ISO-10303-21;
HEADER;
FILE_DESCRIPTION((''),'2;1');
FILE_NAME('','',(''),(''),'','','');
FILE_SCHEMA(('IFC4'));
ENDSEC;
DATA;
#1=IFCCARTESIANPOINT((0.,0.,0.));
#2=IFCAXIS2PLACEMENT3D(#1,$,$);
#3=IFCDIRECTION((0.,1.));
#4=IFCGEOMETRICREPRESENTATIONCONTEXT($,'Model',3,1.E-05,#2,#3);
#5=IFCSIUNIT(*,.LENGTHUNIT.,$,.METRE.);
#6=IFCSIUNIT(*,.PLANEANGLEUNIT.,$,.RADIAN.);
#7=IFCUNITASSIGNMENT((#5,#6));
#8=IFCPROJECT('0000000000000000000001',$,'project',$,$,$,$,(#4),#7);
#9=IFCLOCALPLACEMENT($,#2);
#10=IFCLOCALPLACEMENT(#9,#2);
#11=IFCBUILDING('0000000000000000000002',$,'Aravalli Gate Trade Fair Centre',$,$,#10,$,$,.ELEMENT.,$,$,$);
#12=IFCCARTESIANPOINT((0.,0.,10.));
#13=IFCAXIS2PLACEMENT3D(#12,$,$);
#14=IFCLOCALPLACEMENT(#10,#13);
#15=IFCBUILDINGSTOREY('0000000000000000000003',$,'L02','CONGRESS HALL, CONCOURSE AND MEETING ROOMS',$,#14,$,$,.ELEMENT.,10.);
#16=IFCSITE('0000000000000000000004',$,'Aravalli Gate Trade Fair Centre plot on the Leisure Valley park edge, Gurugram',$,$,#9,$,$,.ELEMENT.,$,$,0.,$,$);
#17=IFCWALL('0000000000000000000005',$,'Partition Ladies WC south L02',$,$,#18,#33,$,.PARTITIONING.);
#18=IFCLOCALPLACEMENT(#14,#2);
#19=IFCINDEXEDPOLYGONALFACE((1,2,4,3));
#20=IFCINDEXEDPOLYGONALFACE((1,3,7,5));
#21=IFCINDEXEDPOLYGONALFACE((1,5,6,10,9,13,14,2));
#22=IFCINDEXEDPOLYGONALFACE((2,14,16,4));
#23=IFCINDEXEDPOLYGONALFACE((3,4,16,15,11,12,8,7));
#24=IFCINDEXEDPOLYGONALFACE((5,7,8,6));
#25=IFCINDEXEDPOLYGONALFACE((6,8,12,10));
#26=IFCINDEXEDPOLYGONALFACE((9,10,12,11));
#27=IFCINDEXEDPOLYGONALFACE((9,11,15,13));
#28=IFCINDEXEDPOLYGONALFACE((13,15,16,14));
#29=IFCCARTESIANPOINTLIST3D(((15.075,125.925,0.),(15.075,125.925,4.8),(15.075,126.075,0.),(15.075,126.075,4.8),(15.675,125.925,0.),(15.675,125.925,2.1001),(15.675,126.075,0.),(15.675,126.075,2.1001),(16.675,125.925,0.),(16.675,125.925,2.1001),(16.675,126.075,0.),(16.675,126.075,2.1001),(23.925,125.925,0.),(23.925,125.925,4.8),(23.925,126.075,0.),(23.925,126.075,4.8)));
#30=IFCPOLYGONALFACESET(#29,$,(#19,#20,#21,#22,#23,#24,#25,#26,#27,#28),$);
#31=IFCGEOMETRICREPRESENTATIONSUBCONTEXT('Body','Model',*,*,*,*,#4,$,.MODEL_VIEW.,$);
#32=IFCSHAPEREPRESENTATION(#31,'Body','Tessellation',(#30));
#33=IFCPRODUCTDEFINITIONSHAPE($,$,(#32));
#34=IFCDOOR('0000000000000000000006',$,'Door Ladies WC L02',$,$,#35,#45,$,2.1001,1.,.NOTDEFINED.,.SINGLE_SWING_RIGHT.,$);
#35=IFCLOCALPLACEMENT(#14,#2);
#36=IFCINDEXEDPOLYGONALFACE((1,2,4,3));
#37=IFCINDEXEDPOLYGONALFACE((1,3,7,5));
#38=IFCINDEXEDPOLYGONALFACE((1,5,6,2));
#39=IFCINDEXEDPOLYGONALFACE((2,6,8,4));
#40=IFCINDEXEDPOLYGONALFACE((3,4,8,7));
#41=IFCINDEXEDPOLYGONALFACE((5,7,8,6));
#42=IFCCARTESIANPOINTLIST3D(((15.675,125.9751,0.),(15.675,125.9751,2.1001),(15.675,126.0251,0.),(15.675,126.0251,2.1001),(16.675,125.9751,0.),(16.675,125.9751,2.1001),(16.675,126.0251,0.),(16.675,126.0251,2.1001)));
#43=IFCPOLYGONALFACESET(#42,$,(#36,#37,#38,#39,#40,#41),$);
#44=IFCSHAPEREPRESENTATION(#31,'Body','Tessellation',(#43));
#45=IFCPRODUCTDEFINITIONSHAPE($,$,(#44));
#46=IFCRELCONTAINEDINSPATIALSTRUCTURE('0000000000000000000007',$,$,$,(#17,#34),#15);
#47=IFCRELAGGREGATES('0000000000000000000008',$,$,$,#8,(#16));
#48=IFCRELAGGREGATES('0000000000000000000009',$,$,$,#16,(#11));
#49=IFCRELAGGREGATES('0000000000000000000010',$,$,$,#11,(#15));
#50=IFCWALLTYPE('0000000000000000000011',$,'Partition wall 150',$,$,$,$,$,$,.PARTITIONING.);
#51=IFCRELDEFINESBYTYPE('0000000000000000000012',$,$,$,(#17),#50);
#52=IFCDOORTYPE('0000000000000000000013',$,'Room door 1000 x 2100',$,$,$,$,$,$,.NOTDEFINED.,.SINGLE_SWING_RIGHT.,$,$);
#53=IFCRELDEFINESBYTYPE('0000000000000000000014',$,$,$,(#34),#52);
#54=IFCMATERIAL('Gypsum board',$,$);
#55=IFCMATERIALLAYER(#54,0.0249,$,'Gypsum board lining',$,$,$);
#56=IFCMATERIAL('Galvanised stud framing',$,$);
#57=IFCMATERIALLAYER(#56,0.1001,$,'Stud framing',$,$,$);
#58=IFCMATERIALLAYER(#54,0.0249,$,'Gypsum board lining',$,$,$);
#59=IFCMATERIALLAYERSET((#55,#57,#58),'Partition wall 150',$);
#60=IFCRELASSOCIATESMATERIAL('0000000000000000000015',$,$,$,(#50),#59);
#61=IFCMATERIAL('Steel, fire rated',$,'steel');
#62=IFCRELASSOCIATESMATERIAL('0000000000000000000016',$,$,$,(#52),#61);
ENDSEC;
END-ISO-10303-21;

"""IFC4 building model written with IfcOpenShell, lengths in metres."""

from ifc_helpers import new_model, si_unit, direction, frame, frame_2d, origin, place, context, subcontext, project, spatial, rectangle, extrude, material, layer, layer_set, type_object, element, fill, save


model = new_model("IFC4")

# Units and contexts
model_context = context("Model", 3, precision=1e-05, world=origin(), true_north=direction((0.0, 1.0)))
body_context = subcontext(model_context, "Body", "Model", "MODEL_VIEW")
ifc_project = project(units=[si_unit("LENGTHUNIT", "METRE"), si_unit("PLANEANGLEUNIT", "RADIAN")], contexts=[model_context])

# Site, building, storey
site_placement = place(None, origin())
site = spatial("IfcSite", under=ifc_project, at=site_placement, Name="Aravalli Gate Trade Fair Centre plot on the Leisure Valley park edge, Gurugram", CompositionType="ELEMENT", RefElevation=0.0)
building_placement = place(site_placement, origin())
building = spatial("IfcBuilding", under=site, at=building_placement, Name="Aravalli Gate Trade Fair Centre", CompositionType="ELEMENT")
storey_placement = place(building_placement, frame((0.0, 0.0, 10.0)))
storey = spatial("IfcBuildingStorey", under=building, at=storey_placement, Name="L02", Description="CONGRESS HALL, CONCOURSE AND MEETING ROOMS", CompositionType="ELEMENT", Elevation=10.0)

# Shared definitions
ifc_material_1 = material(Name="Gypsum board")
ifc_layer_1 = layer(ifc_material_1, 0.0249, Name="Gypsum board lining")
ifc_material_2 = material(Name="Galvanised stud framing")
ifc_layer_2 = layer(ifc_material_2, 0.1001, Name="Stud framing")
ifc_layer_3 = layer(ifc_material_1, 0.0249, Name="Gypsum board lining")
ifc_layer_set_1 = layer_set([ifc_layer_1, ifc_layer_2, ifc_layer_3], Name="Partition wall 150")
wall_type = type_object("IfcWallType", Name="Partition wall 150", PredefinedType="PARTITIONING", material=ifc_layer_set_1)

# Wall, opening, door
wall_1_placement = place(storey_placement, frame((15.075, 126.0, 0.0), z_axis=(0.0, 0.0, 1.0), x_axis=(1.0, 0.0, 0.0)))
wall_1 = element("IfcWall", 1, at=wall_1_placement, inside=storey, type_object=wall_type, Name="Partition Ladies WC south L02", PredefinedType="PARTITIONING", context=body_context, shape_type="SweptSolid", body=[
    extrude(rectangle(XDim=8.8501, YDim=0.1499, at=frame_2d((4.425, 0.0))), origin(), (0.0, 0.0, 1.0), 4.8),
])
opening_placement = place(wall_1_placement, frame((0.6001, 0.0, 0.0)))
opening = element("IfcOpeningElement", 2, at=opening_placement, cuts=wall_1, PredefinedType="OPENING", context=body_context, shape_type="SweptSolid", body=[
    extrude(rectangle(XDim=1.0, YDim=2.1001, at=frame_2d((0.5, 1.05))), frame((0.0, 0.085, 0.0), z_axis=(0.0, -1.0, 0.0), x_axis=(1.0, 0.0, 0.0)), (0.0, 0.0, 1.0), 0.1699),
])
ifc_material_3 = material(Name="Steel, fire rated", Category="steel")
door_type = type_object("IfcDoorType", Name="Room door 1000 x 2100", OperationType="SINGLE_SWING_RIGHT", PredefinedType="NOTDEFINED", material=ifc_material_3)
door_placement = place(opening_placement, frame((1.0, 0.0, 0.0), z_axis=(0.0, 0.0, 1.0), x_axis=(-1.0, 0.0, 0.0)))
door = element("IfcDoor", 3, at=door_placement, inside=storey, type_object=door_type, Name="Door Ladies WC L02", OperationType="SINGLE_SWING_RIGHT", OverallHeight=2.1001, OverallWidth=1.0, PredefinedType="NOTDEFINED", context=body_context, shape_type="SweptSolid", body=[
    extrude(rectangle(XDim=1.0, YDim=2.1001, at=frame_2d((0.5, 1.05))), frame((0.0, 0.0249, 0.0), z_axis=(0.0, -1.0, 0.0), x_axis=(1.0, 0.0, 0.0)), (0.0, 0.0, 1.0), 0.05),
])
fill(opening, door)

save(model, "model.ifc")
